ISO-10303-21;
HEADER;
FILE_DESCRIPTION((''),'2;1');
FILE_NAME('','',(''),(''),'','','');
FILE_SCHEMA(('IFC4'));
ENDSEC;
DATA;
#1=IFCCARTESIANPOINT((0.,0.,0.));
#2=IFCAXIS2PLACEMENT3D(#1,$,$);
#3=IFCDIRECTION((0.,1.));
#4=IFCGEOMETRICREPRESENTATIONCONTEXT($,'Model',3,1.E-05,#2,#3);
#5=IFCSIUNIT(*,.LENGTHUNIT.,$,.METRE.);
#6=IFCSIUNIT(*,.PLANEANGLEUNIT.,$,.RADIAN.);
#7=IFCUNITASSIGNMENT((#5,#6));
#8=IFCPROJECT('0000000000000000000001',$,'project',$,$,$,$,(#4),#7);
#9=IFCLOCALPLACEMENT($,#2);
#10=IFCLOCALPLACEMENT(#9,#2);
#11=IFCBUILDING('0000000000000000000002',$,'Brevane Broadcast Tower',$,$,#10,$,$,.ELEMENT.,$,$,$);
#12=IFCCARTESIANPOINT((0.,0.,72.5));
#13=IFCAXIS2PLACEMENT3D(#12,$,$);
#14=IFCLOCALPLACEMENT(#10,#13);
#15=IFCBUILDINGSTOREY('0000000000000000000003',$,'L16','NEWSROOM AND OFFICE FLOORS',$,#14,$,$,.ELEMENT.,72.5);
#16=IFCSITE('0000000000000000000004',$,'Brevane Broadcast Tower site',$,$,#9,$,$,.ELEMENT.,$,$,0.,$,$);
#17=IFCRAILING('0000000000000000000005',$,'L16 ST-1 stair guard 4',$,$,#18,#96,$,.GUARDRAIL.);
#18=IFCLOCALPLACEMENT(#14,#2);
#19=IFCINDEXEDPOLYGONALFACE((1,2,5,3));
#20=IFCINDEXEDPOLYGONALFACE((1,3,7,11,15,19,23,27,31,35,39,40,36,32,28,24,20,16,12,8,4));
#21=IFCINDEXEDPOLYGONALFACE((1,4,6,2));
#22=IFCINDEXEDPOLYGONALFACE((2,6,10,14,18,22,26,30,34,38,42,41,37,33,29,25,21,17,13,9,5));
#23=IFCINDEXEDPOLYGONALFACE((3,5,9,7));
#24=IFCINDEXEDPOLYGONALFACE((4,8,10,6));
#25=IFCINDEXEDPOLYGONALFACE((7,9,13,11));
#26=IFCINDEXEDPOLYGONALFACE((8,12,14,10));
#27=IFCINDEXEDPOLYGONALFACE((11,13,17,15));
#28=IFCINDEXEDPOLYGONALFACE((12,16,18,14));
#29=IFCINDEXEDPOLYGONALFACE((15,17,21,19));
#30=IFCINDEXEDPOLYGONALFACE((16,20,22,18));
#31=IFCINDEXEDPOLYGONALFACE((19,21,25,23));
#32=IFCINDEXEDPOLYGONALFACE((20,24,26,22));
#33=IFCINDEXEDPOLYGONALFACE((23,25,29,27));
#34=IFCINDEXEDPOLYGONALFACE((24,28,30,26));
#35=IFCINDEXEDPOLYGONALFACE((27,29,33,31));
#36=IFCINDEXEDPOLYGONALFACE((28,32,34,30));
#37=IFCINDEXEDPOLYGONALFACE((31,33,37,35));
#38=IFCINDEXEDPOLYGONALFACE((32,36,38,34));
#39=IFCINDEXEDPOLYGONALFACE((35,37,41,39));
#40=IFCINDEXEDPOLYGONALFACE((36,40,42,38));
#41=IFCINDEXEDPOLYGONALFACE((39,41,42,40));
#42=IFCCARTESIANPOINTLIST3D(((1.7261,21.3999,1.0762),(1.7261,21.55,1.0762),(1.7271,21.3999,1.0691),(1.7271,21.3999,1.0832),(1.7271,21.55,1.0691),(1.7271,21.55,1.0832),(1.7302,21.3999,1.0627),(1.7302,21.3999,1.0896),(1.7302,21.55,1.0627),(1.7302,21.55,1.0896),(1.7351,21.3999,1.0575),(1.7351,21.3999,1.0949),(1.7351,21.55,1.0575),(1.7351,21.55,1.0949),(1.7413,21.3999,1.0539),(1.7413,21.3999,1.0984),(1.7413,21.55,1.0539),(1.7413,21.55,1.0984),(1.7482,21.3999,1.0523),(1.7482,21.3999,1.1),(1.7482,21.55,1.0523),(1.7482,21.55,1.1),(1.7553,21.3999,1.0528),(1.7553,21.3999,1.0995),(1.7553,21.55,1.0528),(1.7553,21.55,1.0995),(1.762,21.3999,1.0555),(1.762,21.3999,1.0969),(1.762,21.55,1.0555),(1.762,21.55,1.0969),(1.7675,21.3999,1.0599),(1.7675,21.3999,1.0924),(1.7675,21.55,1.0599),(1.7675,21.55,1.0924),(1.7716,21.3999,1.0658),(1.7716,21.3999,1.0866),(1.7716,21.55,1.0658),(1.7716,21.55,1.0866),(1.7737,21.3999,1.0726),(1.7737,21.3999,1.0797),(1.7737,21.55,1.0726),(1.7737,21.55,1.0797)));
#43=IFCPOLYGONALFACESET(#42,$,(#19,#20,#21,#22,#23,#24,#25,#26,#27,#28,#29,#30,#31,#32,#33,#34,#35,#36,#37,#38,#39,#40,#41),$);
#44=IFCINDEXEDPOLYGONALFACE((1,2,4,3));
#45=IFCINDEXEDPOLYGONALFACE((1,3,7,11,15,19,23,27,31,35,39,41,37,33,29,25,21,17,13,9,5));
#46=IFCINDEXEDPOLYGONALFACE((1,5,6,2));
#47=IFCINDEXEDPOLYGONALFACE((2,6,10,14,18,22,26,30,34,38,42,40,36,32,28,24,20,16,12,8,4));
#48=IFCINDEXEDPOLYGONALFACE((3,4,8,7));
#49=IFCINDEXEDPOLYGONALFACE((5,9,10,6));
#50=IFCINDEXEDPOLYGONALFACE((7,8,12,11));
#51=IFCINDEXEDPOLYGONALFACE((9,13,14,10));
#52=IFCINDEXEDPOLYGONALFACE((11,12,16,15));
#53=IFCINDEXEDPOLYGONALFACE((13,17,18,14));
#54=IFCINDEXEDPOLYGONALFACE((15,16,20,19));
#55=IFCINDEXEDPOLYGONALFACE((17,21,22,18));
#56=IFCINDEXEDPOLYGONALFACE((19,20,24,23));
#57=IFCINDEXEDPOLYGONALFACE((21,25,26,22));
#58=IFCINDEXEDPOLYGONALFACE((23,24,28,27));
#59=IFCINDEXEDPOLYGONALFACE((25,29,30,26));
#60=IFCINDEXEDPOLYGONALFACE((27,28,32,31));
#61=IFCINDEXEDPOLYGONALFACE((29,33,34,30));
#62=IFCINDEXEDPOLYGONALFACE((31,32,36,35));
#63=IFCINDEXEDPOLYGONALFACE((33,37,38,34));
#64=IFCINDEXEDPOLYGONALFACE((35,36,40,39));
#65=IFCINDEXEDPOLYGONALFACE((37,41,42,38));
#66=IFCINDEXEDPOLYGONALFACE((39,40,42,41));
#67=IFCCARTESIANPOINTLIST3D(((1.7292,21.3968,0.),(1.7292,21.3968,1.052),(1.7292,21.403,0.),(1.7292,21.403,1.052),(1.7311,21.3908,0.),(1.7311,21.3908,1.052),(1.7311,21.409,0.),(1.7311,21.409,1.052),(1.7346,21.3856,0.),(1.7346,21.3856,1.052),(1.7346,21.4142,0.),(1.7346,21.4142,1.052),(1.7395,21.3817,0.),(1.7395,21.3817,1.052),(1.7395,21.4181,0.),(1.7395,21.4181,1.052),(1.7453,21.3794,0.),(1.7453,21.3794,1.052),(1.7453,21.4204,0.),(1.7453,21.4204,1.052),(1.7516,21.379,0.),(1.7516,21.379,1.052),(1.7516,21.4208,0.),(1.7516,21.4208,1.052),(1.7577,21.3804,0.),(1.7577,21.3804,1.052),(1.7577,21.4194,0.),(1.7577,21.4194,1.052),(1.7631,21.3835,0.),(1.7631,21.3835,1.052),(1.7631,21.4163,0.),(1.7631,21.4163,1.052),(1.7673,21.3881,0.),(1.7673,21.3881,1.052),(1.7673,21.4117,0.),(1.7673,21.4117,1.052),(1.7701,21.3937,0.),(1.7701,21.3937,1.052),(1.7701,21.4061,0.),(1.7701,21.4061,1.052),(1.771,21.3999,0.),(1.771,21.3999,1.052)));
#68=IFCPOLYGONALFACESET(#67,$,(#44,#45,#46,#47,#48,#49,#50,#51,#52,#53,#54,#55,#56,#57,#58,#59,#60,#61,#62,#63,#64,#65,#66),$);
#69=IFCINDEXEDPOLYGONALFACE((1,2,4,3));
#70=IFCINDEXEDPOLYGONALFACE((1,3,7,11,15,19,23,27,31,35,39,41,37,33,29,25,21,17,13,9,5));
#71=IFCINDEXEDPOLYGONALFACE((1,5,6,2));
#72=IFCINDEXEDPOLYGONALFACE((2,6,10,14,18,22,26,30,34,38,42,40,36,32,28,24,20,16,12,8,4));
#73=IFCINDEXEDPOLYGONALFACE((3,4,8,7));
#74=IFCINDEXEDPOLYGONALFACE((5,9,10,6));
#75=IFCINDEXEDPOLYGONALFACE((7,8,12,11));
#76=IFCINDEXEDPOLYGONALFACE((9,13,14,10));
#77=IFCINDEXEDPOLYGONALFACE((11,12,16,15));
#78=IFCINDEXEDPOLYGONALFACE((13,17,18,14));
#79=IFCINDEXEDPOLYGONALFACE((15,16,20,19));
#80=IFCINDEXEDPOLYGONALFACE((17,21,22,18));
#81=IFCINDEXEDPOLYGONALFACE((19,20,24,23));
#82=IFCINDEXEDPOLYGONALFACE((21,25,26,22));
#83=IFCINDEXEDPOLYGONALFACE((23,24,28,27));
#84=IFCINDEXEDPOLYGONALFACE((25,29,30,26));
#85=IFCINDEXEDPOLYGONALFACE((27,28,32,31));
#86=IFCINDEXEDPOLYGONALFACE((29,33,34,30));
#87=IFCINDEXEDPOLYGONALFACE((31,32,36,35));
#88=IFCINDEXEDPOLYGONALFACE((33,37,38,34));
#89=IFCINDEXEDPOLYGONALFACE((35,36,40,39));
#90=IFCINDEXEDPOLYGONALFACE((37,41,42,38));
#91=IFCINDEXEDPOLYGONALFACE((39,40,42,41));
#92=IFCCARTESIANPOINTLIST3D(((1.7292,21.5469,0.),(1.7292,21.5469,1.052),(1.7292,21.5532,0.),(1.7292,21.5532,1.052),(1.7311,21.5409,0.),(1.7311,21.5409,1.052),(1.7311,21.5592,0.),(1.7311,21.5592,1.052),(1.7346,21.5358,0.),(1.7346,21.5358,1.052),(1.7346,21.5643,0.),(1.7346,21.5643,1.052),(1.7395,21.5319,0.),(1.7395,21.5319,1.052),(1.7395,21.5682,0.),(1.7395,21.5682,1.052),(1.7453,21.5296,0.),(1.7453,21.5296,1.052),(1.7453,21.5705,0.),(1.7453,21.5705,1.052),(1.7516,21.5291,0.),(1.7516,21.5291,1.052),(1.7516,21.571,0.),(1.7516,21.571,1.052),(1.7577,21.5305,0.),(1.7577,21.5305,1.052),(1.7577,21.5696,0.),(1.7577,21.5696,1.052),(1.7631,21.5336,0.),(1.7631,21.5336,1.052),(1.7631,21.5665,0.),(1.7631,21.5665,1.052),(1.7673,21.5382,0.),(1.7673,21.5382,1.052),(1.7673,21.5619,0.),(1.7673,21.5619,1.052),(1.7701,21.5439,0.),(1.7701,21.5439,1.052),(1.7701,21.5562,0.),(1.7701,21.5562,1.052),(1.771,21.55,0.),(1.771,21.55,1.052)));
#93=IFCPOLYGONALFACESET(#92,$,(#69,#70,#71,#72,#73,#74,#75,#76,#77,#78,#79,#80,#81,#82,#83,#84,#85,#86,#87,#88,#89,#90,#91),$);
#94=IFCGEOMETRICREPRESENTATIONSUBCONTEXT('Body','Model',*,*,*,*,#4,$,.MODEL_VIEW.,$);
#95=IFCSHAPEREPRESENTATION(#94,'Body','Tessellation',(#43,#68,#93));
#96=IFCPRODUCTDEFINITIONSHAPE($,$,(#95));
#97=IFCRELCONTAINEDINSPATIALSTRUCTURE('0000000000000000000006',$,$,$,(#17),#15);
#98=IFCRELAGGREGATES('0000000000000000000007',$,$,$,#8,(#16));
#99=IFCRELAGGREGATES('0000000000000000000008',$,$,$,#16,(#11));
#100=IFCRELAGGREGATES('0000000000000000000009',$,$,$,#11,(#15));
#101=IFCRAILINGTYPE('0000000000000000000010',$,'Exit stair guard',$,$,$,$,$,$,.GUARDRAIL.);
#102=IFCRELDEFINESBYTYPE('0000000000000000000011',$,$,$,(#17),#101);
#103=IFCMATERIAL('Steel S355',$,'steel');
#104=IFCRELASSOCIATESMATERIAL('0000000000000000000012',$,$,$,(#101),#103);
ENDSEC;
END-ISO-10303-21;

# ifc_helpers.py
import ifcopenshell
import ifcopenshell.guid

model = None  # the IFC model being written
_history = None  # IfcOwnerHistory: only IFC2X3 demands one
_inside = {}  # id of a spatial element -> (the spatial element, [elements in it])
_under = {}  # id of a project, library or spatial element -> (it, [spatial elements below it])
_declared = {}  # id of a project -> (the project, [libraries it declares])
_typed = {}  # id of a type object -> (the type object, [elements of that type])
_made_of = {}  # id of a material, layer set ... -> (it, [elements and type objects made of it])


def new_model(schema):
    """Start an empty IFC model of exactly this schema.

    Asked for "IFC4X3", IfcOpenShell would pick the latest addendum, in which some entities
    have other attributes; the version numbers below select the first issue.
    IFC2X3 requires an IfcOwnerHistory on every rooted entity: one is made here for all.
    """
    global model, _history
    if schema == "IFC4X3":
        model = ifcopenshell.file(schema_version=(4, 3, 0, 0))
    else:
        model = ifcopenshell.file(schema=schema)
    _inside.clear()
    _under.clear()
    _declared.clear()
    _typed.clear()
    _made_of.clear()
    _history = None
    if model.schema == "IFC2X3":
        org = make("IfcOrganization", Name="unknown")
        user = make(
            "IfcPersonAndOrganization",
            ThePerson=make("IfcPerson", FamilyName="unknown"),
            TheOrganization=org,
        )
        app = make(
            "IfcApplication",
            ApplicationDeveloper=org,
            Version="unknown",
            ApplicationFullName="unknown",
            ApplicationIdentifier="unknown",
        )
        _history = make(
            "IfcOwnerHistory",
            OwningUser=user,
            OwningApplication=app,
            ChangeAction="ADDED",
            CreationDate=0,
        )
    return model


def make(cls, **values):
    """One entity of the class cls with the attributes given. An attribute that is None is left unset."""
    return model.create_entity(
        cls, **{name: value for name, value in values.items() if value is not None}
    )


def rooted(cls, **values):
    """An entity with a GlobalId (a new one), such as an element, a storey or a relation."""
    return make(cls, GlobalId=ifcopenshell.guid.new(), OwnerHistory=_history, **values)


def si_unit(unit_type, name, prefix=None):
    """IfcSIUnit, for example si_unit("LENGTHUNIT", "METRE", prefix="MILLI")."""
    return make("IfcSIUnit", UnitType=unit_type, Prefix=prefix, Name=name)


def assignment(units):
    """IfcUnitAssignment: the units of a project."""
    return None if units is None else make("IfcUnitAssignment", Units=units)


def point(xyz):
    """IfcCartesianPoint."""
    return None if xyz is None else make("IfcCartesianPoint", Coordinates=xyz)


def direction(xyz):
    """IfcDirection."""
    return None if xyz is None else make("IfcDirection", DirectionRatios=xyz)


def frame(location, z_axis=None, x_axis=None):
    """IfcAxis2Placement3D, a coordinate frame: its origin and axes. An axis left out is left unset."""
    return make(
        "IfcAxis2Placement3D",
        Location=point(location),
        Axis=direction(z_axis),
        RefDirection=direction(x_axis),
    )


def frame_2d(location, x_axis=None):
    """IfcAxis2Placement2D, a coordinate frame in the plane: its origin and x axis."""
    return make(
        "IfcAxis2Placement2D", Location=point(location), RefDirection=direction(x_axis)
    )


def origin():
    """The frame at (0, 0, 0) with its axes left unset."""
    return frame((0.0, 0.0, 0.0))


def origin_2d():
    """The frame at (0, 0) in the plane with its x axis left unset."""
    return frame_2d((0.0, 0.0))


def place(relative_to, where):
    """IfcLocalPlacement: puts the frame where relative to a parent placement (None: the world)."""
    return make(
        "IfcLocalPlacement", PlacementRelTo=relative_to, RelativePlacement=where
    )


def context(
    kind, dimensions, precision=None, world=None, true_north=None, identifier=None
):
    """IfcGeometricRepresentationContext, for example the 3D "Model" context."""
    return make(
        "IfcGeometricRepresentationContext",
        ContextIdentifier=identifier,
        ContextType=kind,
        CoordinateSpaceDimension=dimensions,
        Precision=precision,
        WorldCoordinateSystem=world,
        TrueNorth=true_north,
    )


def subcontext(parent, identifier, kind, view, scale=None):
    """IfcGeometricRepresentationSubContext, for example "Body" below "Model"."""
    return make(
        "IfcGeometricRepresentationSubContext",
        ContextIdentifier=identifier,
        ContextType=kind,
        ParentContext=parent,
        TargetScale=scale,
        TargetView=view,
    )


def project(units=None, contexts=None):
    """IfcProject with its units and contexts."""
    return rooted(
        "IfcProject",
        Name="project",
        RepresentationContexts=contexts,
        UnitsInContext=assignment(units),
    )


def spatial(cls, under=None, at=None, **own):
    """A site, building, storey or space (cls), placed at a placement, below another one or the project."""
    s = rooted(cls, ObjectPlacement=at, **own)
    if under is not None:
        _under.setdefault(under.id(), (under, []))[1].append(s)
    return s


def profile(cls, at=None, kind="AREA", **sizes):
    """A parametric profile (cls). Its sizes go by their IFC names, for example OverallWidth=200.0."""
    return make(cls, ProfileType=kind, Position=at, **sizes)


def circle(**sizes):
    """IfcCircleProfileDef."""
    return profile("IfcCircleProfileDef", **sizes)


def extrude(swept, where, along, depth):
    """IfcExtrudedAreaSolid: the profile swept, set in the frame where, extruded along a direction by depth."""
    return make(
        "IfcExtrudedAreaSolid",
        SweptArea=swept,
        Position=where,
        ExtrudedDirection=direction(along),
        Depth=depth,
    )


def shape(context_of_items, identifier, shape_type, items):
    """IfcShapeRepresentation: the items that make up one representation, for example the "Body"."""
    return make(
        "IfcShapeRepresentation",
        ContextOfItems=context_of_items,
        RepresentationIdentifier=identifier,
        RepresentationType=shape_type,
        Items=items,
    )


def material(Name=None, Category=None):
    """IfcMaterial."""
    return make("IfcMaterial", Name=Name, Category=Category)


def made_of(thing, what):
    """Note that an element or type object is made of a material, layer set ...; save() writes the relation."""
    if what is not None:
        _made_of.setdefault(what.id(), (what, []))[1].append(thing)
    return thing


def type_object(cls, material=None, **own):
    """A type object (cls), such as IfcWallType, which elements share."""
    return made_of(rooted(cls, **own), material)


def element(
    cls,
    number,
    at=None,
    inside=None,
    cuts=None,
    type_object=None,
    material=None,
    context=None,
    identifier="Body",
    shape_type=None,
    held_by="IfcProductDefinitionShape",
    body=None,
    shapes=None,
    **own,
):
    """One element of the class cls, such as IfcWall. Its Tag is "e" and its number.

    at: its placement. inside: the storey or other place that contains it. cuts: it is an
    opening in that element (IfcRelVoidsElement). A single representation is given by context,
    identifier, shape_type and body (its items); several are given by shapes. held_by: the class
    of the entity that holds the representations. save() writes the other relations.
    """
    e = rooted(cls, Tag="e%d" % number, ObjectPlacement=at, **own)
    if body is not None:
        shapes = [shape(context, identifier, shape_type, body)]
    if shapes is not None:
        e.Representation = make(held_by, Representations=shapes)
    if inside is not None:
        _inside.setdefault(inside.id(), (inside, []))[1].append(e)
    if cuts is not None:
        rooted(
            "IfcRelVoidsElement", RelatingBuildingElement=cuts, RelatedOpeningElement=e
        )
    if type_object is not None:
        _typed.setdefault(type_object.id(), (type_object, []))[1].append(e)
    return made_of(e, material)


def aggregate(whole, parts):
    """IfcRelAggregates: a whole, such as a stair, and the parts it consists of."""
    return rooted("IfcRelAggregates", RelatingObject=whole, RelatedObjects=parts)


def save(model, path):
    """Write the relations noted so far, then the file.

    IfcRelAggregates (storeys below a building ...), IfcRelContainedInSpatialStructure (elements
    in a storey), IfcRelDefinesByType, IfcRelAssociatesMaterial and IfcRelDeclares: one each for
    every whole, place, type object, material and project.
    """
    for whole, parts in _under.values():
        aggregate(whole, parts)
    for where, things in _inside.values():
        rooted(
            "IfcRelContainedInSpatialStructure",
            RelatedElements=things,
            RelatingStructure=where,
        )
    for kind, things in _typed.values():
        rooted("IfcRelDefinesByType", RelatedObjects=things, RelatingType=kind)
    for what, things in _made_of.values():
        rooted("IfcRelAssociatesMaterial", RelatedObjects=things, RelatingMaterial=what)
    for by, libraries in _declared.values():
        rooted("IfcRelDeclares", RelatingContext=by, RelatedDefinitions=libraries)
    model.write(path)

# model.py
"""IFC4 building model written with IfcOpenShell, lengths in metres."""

from ifc_helpers import new_model, si_unit, direction, frame, origin, origin_2d, place, context, subcontext, project, spatial, circle, extrude, material, type_object, element, save


model = new_model("IFC4")

# Units and contexts
model_context = context("Model", 3, precision=1e-05, world=origin(), true_north=direction((0.0, 1.0)))
body_context = subcontext(model_context, "Body", "Model", "MODEL_VIEW")
ifc_project = project(units=[si_unit("LENGTHUNIT", "METRE"), si_unit("PLANEANGLEUNIT", "RADIAN")], contexts=[model_context])

# Site, building, storey
site_placement = place(None, origin())
site = spatial("IfcSite", under=ifc_project, at=site_placement, Name="Brevane Broadcast Tower site", CompositionType="ELEMENT", RefElevation=0.0)
building_placement = place(site_placement, origin())
building = spatial("IfcBuilding", under=site, at=building_placement, Name="Brevane Broadcast Tower", CompositionType="ELEMENT")
storey_placement = place(building_placement, frame((0.0, 0.0, 72.5)))
storey = spatial("IfcBuildingStorey", under=building, at=storey_placement, Name="L16", Description="NEWSROOM AND OFFICE FLOORS", CompositionType="ELEMENT", Elevation=72.5)

# Railing
ifc_material_1 = material(Name="Steel S355", Category="steel")
railing_type_1 = type_object("IfcRailingType", Name="Exit stair guard", PredefinedType="GUARDRAIL", material=ifc_material_1)
railing_1_placement = place(storey_placement, frame((1.75, 21.3999, 0.0)))
element("IfcRailing", 1, at=railing_1_placement, inside=storey, type_object=railing_type_1, Name="L16 ST-1 stair guard 4", PredefinedType="GUARDRAIL", context=body_context, shape_type="SweptSolid", body=[
    extrude(circle(Radius=0.0239, at=origin_2d()), frame((0.0, 0.0, 1.0762), z_axis=(0.0, 1.0, 0.0), x_axis=(-1.0, 0.0, 0.0)), (0.0, 0.0, 1.0), 0.1501),
    extrude(circle(Radius=0.021, at=origin_2d()), origin(), (0.0, 0.0, 1.0), 1.052),
    extrude(circle(Radius=0.021, at=origin_2d()), frame((0.0, 0.1501, 0.0)), (0.0, 0.0, 1.0), 1.052),
])

save(model, "model.ifc")
